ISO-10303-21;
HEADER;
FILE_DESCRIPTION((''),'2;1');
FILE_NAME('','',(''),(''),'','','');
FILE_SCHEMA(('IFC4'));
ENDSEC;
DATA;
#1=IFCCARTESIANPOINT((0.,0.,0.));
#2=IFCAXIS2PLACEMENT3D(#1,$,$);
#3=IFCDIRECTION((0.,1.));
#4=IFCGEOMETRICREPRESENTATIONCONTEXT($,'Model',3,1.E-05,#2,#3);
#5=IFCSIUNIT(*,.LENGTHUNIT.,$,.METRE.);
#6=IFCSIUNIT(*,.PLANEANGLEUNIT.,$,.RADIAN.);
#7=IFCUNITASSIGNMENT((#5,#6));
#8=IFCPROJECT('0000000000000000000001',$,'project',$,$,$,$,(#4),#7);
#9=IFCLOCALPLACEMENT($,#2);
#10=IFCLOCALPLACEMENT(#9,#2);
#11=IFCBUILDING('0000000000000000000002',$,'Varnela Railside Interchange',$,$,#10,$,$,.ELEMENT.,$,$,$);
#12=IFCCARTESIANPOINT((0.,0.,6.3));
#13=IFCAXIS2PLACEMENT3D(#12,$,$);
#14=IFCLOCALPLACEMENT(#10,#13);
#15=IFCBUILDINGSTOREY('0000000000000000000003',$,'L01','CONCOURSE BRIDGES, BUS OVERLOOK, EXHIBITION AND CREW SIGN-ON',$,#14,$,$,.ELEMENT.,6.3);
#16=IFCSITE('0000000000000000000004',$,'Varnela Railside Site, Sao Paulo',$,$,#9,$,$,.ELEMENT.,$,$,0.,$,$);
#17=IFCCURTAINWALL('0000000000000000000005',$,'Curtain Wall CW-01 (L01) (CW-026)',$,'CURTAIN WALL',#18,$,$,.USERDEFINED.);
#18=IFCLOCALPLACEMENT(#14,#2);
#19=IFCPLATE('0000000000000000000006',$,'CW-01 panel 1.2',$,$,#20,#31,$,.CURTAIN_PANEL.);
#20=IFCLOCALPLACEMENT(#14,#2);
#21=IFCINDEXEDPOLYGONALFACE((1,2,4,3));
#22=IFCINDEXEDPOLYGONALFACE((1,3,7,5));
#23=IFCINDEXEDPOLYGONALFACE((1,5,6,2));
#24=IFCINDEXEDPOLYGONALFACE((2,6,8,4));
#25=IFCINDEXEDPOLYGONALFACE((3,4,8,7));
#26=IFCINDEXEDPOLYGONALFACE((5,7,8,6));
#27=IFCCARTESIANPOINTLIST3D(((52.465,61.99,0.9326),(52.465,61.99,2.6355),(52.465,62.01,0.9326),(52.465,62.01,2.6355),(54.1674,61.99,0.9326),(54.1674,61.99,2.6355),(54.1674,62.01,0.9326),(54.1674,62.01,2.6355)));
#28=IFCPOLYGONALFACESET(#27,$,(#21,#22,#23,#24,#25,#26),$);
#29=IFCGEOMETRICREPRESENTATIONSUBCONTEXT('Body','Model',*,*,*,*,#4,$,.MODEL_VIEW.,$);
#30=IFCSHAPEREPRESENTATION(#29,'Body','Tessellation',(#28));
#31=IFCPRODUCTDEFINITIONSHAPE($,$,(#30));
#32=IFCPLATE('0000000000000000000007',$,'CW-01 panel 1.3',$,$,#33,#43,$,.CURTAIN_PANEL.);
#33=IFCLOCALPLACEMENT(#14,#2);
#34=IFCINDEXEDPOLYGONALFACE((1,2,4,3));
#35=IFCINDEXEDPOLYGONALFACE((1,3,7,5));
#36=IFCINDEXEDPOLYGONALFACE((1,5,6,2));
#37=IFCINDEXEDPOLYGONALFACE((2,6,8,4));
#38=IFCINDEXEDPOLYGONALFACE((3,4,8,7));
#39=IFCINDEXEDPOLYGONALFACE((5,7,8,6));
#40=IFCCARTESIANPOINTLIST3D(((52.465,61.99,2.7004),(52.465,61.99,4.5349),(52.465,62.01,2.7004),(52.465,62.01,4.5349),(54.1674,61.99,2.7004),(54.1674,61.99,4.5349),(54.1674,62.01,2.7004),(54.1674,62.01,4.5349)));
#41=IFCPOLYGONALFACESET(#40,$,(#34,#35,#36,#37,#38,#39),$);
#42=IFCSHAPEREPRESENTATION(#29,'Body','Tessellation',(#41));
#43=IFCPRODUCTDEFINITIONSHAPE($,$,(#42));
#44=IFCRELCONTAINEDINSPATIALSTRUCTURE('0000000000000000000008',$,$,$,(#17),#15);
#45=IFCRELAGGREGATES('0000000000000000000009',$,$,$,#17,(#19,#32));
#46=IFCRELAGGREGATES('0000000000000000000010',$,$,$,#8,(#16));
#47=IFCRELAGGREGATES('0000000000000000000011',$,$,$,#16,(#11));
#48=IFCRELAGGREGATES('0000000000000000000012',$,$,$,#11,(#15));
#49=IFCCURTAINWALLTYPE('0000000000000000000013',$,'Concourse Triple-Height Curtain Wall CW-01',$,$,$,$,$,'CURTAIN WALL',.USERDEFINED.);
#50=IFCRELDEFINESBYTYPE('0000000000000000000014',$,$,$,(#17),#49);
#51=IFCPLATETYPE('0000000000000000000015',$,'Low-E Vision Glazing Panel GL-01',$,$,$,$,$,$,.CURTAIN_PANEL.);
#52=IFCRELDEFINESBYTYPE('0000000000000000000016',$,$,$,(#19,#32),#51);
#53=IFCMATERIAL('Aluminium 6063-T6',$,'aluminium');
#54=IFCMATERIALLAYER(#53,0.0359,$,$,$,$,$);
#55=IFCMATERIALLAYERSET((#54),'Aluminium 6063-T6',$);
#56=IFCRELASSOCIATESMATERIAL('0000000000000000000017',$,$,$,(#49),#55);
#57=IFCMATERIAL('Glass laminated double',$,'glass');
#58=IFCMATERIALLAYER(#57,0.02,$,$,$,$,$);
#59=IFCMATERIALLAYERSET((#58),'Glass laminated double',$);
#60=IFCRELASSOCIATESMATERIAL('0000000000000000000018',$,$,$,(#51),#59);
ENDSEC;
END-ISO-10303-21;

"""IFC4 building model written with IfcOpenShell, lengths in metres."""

from ifc_helpers import new_model, si_unit, direction, frame, origin, origin_2d, place, context, subcontext, project, spatial, rectangle, extrude, material, layer, layer_set, type_object, element, aggregate, save


model = new_model("IFC4")

# Units and contexts
model_context = context("Model", 3, precision=1e-05, world=origin(), true_north=direction((0.0, 1.0)))
body_context = subcontext(model_context, "Body", "Model", "MODEL_VIEW")
ifc_project = project(units=[si_unit("LENGTHUNIT", "METRE"), si_unit("PLANEANGLEUNIT", "RADIAN")], contexts=[model_context])

# Site, building, storey
site_placement = place(None, origin())
site = spatial("IfcSite", under=ifc_project, at=site_placement, Name="Varnela Railside Site, Sao Paulo", CompositionType="ELEMENT", RefElevation=0.0)
building_placement = place(site_placement, origin())
building = spatial("IfcBuilding", under=site, at=building_placement, Name="Varnela Railside Interchange", CompositionType="ELEMENT")
storey_placement = place(building_placement, frame((0.0, 0.0, 6.3)))
storey = spatial("IfcBuildingStorey", under=building, at=storey_placement, Name="L01", Description="CONCOURSE BRIDGES, BUS OVERLOOK, EXHIBITION AND CREW SIGN-ON", CompositionType="ELEMENT", Elevation=6.3)

# Curtain wall
ifc_material_1 = material(Name="Aluminium 6063-T6", Category="aluminium")
ifc_layer_1 = layer(ifc_material_1, 0.0359)
ifc_layer_set_1 = layer_set([ifc_layer_1], Name="Aluminium 6063-T6")
curtain_wall_type_1 = type_object("IfcCurtainWallType", Name="Concourse Triple-Height Curtain Wall CW-01", ElementType="CURTAIN WALL", PredefinedType="USERDEFINED", material=ifc_layer_set_1)
curtain_wall_1_placement = place(storey_placement, origin())
curtain_wall_1 = element("IfcCurtainWall", 1, at=curtain_wall_1_placement, inside=storey, type_object=curtain_wall_type_1, Name="Curtain Wall CW-01 (L01) (CW-026)", ObjectType="CURTAIN WALL", PredefinedType="USERDEFINED")

# Plates
ifc_material_2 = material(Name="Glass laminated double", Category="glass")
ifc_layer_2 = layer(ifc_material_2, 0.02)
ifc_layer_set_2 = layer_set([ifc_layer_2], Name="Glass laminated double")
plate_type_1 = type_object("IfcPlateType", Name="Low-E Vision Glazing Panel GL-01", PredefinedType="CURTAIN_PANEL", material=ifc_layer_set_2)
plate_1_placement = place(storey_placement, frame((53.3162, 62.0, 0.9326), z_axis=(0.0, 0.0, 1.0), x_axis=(1.0, 0.0, 0.0)))
plate_1 = element("IfcPlate", 2, at=plate_1_placement, type_object=plate_type_1, Name="CW-01 panel 1.2", PredefinedType="CURTAIN_PANEL", context=body_context, shape_type="SweptSolid", body=[
    extrude(rectangle(XDim=1.7024, YDim=0.02, at=origin_2d()), origin(), (0.0, 0.0, 1.0), 1.7029),
])
plate_2_placement = place(storey_placement, frame((53.3162, 62.0, 2.7004), z_axis=(0.0, 0.0, 1.0), x_axis=(1.0, 0.0, 0.0)))
plate_2 = element("IfcPlate", 3, at=plate_2_placement, type_object=plate_type_1, Name="CW-01 panel 1.3", PredefinedType="CURTAIN_PANEL", context=body_context, shape_type="SweptSolid", body=[
    extrude(rectangle(XDim=1.7024, YDim=0.02, at=origin_2d()), origin(), (0.0, 0.0, 1.0), 1.8345),
])
aggregate(curtain_wall_1, [plate_1, plate_2])

save(model, "model.ifc")
